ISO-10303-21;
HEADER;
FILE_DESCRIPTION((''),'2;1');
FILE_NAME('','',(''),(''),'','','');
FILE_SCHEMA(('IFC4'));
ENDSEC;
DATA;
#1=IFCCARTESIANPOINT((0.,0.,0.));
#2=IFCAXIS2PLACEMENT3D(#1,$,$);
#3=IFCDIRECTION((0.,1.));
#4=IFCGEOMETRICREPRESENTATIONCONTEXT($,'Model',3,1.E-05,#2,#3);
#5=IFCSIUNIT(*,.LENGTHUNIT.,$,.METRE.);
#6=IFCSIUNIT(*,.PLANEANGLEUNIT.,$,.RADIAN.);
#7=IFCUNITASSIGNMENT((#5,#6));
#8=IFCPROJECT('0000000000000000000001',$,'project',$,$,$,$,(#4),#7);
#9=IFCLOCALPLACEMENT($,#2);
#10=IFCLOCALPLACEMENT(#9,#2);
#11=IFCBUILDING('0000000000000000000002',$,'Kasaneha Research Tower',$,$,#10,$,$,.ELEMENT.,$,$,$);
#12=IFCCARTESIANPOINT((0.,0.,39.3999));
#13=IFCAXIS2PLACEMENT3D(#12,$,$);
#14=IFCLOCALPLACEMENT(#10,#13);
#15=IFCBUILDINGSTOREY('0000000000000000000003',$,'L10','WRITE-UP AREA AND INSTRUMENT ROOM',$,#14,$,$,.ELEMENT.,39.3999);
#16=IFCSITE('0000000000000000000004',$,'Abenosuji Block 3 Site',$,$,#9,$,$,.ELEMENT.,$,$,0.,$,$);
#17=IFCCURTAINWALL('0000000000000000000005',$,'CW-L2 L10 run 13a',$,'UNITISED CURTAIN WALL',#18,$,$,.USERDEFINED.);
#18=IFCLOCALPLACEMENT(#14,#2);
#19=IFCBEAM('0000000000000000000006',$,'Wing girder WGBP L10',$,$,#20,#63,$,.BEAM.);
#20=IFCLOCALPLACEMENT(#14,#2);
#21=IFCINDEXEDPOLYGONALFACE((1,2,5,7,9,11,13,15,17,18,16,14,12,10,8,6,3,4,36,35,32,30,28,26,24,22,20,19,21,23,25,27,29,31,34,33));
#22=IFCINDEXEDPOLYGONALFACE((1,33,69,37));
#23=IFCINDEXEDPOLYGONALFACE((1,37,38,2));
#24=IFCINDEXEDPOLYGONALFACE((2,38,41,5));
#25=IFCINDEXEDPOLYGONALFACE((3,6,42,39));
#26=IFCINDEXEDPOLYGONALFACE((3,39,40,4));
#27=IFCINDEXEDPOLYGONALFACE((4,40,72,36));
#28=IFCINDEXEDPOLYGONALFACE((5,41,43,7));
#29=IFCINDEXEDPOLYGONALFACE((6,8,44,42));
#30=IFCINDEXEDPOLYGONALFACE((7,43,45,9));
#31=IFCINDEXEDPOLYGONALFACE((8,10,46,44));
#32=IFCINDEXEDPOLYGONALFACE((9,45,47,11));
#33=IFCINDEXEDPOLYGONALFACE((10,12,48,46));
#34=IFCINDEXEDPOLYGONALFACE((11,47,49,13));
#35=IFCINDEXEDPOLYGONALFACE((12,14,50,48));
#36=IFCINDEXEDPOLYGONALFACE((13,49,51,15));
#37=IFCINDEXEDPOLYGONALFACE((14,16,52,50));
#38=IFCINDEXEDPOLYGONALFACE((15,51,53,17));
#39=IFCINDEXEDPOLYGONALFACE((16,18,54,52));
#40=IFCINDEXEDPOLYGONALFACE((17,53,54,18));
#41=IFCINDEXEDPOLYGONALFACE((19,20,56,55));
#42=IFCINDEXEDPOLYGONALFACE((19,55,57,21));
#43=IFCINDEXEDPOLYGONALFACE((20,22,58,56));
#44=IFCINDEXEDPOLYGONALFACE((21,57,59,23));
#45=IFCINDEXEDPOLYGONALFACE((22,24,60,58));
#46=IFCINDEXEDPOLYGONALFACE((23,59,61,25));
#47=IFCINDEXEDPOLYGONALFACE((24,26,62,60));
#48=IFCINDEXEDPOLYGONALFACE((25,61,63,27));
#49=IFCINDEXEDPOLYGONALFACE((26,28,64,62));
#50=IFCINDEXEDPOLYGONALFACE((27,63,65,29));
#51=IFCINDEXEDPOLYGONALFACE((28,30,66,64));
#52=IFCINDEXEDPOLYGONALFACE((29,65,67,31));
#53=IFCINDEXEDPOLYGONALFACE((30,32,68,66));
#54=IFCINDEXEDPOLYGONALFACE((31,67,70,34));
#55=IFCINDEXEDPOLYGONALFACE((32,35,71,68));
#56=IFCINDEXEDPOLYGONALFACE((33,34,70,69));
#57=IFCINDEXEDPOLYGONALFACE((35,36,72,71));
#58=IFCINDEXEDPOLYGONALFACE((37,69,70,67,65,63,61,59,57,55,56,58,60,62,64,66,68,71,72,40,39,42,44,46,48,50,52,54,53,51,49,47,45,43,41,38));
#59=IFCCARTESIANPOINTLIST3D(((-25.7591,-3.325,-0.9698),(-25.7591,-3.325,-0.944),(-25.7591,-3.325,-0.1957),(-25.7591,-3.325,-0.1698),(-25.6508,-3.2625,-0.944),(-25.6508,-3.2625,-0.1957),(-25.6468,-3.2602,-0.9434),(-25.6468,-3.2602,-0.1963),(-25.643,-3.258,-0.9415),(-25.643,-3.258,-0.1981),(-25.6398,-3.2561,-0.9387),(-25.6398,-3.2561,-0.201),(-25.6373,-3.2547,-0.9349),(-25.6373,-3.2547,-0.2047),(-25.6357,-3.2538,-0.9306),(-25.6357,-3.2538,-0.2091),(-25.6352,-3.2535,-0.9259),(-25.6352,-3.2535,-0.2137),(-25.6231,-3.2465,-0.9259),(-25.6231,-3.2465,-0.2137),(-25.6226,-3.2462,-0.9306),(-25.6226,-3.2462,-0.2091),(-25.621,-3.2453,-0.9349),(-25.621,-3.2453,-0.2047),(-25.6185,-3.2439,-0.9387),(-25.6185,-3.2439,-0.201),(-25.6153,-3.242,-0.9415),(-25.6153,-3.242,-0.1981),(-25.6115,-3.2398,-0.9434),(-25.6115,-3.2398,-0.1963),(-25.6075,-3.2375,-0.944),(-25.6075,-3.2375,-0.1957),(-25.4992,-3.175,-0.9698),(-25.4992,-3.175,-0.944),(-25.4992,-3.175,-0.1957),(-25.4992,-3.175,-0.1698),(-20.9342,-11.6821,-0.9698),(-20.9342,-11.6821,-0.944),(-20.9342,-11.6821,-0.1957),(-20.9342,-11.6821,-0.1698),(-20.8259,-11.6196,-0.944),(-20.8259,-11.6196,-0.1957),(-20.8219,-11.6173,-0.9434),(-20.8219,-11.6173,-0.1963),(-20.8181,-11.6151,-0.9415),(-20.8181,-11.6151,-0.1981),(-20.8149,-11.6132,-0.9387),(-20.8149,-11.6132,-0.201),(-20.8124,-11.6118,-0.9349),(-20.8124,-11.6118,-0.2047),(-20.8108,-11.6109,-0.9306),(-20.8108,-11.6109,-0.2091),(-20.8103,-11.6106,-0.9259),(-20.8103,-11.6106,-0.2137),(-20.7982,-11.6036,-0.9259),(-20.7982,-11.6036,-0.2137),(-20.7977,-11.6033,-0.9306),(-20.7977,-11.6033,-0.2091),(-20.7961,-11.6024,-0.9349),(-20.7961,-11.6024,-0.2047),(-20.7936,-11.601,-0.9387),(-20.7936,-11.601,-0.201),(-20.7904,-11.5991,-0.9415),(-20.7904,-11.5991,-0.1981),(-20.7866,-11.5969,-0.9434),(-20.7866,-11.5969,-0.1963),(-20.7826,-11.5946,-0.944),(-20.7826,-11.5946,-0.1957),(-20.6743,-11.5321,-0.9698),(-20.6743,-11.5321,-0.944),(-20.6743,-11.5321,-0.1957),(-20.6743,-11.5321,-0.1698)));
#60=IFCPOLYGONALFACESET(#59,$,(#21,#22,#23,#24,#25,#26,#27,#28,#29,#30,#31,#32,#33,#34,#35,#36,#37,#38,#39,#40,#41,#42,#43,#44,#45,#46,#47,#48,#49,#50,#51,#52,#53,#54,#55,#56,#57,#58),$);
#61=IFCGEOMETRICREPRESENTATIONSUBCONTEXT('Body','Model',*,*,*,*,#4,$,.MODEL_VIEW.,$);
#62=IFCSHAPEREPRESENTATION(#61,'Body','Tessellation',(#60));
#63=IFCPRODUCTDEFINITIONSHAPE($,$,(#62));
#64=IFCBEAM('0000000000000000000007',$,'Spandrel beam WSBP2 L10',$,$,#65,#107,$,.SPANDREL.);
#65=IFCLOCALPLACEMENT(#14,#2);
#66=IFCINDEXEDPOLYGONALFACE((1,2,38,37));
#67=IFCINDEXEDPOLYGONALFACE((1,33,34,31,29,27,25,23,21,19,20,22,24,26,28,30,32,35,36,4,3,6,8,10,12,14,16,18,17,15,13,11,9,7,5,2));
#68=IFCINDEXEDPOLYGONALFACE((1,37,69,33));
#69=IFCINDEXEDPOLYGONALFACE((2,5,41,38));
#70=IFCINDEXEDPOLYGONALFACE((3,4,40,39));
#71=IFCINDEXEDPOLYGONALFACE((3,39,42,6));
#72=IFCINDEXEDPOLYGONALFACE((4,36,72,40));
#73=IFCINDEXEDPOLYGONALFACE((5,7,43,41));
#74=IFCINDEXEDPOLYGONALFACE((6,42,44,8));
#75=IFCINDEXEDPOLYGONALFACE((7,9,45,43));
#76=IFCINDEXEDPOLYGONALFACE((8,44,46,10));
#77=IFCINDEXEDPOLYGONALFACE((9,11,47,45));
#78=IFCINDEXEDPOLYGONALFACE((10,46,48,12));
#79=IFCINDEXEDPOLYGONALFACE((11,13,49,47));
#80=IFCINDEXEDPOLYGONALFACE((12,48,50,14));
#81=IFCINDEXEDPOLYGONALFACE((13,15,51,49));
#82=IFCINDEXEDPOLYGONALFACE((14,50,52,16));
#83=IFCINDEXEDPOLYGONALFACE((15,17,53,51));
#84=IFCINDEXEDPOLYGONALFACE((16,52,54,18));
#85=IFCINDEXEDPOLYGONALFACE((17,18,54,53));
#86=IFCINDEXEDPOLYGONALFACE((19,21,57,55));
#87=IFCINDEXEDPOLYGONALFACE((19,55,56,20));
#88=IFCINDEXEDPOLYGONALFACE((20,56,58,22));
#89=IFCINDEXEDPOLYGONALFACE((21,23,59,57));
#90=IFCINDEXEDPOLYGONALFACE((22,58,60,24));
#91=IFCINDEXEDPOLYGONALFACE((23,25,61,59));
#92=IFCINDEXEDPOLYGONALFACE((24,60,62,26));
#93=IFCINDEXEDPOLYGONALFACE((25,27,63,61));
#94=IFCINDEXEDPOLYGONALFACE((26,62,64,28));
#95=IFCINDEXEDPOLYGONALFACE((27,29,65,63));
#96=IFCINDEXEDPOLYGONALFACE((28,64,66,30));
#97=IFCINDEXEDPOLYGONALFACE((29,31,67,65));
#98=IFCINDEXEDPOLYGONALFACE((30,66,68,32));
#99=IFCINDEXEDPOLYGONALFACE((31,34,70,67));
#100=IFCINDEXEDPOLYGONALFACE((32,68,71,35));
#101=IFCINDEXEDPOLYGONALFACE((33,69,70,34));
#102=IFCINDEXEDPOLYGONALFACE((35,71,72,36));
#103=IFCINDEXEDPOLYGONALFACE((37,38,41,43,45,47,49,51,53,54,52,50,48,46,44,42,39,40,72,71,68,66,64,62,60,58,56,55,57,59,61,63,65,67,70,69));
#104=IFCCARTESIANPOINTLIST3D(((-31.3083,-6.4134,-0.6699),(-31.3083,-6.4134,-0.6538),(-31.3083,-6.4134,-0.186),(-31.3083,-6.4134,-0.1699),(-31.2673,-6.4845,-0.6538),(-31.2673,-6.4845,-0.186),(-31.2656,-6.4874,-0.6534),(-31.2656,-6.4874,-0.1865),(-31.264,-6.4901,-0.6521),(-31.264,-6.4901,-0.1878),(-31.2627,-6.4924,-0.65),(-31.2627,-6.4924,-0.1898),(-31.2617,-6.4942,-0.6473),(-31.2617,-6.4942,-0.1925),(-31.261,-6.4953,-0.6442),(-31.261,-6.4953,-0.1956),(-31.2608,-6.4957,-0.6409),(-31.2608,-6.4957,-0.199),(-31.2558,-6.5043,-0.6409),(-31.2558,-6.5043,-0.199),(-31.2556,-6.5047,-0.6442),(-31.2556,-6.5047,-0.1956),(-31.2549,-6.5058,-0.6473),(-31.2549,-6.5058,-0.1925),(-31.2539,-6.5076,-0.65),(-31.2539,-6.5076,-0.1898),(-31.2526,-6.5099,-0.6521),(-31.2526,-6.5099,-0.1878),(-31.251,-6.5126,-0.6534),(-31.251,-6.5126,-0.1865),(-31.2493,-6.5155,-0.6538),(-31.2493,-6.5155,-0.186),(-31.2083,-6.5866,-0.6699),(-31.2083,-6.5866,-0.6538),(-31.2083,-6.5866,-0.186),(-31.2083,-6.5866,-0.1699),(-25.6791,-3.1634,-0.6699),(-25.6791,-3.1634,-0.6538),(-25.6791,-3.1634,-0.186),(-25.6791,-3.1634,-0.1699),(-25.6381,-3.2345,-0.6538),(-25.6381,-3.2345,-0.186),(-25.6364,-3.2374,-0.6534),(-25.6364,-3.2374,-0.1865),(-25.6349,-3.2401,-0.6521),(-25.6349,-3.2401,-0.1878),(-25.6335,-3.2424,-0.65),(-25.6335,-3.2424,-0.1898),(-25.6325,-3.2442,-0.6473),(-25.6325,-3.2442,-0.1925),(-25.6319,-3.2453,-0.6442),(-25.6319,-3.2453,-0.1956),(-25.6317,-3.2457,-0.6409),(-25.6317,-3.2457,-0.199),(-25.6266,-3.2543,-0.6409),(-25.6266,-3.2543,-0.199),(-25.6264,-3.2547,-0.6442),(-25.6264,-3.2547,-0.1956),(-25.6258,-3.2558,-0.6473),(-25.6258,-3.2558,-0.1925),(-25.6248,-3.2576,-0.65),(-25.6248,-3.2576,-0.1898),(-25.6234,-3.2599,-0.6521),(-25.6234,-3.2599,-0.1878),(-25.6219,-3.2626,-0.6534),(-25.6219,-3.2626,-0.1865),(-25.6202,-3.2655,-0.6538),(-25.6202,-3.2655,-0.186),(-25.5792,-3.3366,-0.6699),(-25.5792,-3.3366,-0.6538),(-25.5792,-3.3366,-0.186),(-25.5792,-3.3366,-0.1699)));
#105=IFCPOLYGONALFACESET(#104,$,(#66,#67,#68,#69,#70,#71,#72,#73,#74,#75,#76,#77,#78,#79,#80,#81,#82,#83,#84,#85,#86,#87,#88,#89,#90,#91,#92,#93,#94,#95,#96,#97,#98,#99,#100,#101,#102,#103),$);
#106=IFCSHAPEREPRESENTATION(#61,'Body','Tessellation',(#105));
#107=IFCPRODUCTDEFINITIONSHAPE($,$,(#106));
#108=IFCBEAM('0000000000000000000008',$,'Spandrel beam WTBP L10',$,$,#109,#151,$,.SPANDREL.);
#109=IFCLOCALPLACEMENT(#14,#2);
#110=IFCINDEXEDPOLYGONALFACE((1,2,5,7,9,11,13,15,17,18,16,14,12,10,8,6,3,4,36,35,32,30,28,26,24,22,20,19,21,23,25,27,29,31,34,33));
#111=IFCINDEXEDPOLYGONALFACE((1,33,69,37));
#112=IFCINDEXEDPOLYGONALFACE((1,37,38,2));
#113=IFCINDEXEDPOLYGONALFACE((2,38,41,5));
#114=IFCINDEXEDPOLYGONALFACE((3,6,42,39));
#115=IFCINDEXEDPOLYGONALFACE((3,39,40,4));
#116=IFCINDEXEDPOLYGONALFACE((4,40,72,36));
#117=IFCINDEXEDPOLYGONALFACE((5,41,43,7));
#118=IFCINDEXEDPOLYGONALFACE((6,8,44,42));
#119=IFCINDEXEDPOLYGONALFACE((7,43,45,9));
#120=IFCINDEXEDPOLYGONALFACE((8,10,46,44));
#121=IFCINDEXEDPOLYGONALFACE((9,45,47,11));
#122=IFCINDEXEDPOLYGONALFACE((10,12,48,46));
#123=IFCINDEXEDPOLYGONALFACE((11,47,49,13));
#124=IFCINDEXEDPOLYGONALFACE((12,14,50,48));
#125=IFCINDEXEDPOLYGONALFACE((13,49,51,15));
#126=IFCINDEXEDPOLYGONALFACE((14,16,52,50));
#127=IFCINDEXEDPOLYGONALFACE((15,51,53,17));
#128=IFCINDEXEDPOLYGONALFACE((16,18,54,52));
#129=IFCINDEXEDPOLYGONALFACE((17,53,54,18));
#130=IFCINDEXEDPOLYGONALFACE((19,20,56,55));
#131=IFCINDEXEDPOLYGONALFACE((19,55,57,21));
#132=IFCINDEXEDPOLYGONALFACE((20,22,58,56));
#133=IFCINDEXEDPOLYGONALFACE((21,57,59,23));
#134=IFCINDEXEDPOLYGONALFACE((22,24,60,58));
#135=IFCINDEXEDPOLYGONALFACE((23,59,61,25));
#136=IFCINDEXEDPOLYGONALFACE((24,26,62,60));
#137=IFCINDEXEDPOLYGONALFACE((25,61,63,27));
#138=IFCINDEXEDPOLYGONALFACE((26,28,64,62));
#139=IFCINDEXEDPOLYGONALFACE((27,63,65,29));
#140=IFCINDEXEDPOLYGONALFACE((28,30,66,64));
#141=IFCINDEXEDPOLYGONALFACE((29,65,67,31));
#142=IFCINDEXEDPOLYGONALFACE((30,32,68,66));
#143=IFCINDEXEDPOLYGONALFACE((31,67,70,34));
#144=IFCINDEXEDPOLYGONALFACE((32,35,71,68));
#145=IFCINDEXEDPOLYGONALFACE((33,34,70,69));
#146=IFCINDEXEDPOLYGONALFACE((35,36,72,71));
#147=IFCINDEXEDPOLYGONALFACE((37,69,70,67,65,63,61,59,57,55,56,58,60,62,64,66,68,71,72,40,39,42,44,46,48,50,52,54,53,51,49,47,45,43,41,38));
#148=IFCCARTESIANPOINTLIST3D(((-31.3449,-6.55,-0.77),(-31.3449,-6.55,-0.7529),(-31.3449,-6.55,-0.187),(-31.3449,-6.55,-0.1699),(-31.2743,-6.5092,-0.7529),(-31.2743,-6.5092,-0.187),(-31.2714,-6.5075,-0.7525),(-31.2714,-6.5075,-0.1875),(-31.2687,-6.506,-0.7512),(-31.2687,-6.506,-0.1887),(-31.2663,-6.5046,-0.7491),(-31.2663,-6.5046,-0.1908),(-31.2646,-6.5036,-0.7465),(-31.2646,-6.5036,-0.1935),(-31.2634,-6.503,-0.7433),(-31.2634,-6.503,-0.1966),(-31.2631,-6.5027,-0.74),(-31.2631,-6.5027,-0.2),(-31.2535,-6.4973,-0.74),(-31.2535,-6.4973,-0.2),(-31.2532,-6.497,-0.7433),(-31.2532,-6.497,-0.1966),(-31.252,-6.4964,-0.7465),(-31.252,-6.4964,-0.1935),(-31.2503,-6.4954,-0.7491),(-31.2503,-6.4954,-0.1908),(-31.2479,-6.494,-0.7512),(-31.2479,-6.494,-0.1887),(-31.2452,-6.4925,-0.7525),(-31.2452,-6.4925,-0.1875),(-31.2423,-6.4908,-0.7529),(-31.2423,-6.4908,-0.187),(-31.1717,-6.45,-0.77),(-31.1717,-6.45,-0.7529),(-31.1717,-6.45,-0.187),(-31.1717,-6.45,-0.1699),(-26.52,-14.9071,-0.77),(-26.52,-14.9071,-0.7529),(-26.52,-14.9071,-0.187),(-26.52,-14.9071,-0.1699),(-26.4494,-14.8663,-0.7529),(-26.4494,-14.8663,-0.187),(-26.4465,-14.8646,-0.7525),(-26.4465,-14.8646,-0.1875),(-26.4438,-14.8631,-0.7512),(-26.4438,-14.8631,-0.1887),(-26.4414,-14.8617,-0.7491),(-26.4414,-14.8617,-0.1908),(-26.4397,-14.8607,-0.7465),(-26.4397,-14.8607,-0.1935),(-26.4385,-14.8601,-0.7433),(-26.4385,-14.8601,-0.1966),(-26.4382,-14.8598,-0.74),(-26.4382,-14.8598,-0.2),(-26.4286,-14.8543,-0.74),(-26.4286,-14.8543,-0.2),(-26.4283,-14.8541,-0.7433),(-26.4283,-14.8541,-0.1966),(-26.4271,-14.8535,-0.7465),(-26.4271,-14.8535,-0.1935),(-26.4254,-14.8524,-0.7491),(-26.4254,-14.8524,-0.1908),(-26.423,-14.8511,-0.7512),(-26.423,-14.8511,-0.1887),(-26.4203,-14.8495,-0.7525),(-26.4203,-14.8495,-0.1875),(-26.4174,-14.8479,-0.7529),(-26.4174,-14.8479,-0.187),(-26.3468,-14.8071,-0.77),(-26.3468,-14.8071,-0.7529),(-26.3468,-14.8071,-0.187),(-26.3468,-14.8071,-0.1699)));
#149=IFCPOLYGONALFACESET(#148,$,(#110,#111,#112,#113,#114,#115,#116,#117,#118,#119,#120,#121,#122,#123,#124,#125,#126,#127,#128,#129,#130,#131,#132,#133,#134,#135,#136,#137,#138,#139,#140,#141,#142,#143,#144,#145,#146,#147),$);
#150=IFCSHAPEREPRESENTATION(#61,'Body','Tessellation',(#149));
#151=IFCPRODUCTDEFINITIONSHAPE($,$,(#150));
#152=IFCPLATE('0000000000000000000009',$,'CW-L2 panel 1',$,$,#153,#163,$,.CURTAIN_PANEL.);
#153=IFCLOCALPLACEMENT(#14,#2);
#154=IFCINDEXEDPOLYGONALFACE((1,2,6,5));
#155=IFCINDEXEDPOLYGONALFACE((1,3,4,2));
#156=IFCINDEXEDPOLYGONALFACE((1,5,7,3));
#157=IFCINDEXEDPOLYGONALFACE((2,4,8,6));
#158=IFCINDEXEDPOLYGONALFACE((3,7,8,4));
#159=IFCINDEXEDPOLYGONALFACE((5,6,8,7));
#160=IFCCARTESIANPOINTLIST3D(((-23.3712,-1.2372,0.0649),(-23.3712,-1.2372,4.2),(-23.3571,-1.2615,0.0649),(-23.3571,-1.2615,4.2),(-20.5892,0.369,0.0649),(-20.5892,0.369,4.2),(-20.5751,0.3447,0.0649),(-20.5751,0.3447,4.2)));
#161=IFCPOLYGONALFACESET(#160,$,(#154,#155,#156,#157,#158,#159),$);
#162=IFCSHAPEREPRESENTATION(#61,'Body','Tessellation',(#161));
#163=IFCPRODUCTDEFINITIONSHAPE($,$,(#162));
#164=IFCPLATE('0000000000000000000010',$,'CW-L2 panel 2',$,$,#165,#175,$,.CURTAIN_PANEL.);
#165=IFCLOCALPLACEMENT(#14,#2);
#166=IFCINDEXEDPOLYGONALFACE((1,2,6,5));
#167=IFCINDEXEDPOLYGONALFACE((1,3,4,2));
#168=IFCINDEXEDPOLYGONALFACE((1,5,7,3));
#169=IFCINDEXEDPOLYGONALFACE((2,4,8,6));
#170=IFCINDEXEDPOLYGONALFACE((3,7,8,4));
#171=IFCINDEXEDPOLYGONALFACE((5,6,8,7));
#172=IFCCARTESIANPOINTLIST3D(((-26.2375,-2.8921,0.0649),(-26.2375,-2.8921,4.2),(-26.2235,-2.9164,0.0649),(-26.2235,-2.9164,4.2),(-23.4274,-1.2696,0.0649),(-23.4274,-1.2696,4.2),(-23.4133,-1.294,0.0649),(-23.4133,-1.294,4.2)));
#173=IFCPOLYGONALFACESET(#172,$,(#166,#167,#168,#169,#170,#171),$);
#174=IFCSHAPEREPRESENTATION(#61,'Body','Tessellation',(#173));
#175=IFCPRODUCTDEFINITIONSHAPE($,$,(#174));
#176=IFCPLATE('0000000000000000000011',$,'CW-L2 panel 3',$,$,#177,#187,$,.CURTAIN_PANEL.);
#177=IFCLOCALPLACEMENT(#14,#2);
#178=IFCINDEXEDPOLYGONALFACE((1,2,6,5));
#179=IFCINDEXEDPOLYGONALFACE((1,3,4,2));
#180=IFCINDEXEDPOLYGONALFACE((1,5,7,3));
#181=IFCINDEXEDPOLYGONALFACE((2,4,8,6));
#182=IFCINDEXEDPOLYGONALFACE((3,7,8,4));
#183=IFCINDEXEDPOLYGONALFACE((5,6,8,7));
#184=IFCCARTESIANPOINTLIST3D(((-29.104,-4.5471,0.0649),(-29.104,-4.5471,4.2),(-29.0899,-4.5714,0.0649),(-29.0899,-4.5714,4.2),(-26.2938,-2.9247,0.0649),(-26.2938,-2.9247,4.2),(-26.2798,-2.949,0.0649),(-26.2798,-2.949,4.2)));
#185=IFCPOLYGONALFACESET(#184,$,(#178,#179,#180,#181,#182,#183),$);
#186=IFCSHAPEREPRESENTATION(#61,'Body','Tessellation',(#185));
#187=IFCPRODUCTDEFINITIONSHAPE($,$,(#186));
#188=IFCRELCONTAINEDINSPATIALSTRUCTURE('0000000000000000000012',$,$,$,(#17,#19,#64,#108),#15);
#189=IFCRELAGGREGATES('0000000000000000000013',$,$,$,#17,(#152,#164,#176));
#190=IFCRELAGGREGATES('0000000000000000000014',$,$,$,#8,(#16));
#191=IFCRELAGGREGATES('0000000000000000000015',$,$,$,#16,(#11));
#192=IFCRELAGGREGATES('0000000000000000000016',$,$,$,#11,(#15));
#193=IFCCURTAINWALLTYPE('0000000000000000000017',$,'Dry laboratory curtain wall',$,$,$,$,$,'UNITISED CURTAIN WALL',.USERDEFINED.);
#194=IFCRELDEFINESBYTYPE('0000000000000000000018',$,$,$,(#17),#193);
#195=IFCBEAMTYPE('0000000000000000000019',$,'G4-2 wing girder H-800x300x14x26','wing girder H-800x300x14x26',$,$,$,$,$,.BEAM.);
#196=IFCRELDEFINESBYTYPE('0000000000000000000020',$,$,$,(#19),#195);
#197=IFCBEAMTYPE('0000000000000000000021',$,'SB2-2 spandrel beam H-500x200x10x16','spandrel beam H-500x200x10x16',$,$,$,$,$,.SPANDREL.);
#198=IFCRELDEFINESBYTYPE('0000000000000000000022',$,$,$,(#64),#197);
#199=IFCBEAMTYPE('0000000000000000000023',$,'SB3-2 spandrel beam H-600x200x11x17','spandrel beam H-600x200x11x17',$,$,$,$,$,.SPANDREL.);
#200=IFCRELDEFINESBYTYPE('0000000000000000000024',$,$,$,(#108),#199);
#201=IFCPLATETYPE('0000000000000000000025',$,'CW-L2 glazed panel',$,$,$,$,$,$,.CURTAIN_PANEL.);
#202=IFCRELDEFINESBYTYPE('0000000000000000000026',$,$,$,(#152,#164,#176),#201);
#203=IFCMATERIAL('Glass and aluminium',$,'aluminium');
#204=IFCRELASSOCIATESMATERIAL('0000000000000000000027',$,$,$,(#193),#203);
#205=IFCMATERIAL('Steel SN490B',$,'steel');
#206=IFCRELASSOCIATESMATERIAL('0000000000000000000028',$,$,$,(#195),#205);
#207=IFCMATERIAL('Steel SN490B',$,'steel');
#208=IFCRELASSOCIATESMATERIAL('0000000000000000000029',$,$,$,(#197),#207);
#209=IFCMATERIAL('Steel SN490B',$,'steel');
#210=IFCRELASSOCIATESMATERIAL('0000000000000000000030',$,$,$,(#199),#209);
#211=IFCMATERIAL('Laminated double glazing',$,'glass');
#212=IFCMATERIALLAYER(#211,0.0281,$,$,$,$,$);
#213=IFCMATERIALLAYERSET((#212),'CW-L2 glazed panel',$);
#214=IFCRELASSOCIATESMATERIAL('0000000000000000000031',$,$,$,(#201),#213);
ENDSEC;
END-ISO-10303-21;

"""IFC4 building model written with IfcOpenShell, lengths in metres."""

from ifc_helpers import new_model, si_unit, direction, frame, origin, origin_2d, place, context, subcontext, project, spatial, rectangle, i_section, extrude, material, layer, layer_set, material_profile, profile_set, type_object, element, aggregate, save


model = new_model("IFC4")

# Units and contexts
model_context = context("Model", 3, precision=1e-05, world=origin(), true_north=direction((0.0, 1.0)))
body_context = subcontext(model_context, "Body", "Model", "MODEL_VIEW")
ifc_project = project(units=[si_unit("LENGTHUNIT", "METRE"), si_unit("PLANEANGLEUNIT", "RADIAN")], contexts=[model_context])

# Site, building, storey
site_placement = place(None, origin())
site = spatial("IfcSite", under=ifc_project, at=site_placement, Name="Abenosuji Block 3 Site", CompositionType="ELEMENT", RefElevation=0.0)
building_placement = place(site_placement, origin())
building = spatial("IfcBuilding", under=site, at=building_placement, Name="Kasaneha Research Tower", CompositionType="ELEMENT")
storey_placement = place(building_placement, frame((0.0, 0.0, 39.3999)))
storey = spatial("IfcBuildingStorey", under=building, at=storey_placement, Name="L10", Description="WRITE-UP AREA AND INSTRUMENT ROOM", CompositionType="ELEMENT", Elevation=39.3999)

# Curtain wall
ifc_material_1 = material(Name="Glass and aluminium", Category="aluminium")
curtain_wall_type = type_object("IfcCurtainWallType", Name="Dry laboratory curtain wall", ElementType="UNITISED CURTAIN WALL", PredefinedType="USERDEFINED", material=ifc_material_1)
curtain_wall_1_placement = place(storey_placement, origin())
curtain_wall_1 = element("IfcCurtainWall", 1, at=curtain_wall_1_placement, inside=storey, type_object=curtain_wall_type, Name="CW-L2 L10 run 13a", ObjectType="UNITISED CURTAIN WALL", PredefinedType="USERDEFINED")

# Beams
ifc_material_2 = material(Name="Steel SN490B", Category="steel")
ifc_material_profile_1 = material_profile(ifc_material_2, i_section(OverallWidth=0.3, OverallDepth=0.8, WebThickness=0.0139, FlangeThickness=0.0259, FilletRadius=0.0181, at=origin_2d()), Name="H-800x300x14x26")
ifc_profile_set_1 = profile_set([ifc_material_profile_1], Name="Steel SN490B")
beam_type_1 = type_object("IfcBeamType", Name="G4-2 wing girder H-800x300x14x26", Description="wing girder H-800x300x14x26", PredefinedType="BEAM", material=ifc_profile_set_1)
beam_1_placement = place(storey_placement, frame((-25.6292, -3.25, -0.5698), z_axis=(0.499995, -0.866028, 0.0), x_axis=(0.866028, 0.499995, 0.0)))
element("IfcBeam", 2, at=beam_1_placement, inside=storey, type_object=beam_type_1, Name="Wing girder WGBP L10", PredefinedType="BEAM", context=body_context, shape_type="SweptSolid", body=[
    extrude(i_section(OverallWidth=0.3, OverallDepth=0.8, WebThickness=0.0139, FlangeThickness=0.0259, FilletRadius=0.0181, at=origin_2d()), origin(), (0.0, 0.0, 1.0), 9.6499),
])
ifc_material_3 = material(Name="Steel SN490B", Category="steel")
ifc_material_profile_2 = material_profile(ifc_material_3, i_section(OverallWidth=0.2, OverallDepth=0.5, WebThickness=0.01, FlangeThickness=0.0161, FilletRadius=0.0129, at=origin_2d()), Name="H-500x200x10x16")
ifc_profile_set_2 = profile_set([ifc_material_profile_2], Name="Steel SN490B")
beam_type_2 = type_object("IfcBeamType", Name="SB2-2 spandrel beam H-500x200x10x16", Description="spandrel beam H-500x200x10x16", PredefinedType="SPANDREL", material=ifc_profile_set_2)
beam_2_placement = place(storey_placement, frame((-25.6292, -3.25, -0.4199), z_axis=(-0.866025, -0.500001, 0.0), x_axis=(0.500001, -0.866025, 0.0)))
element("IfcBeam", 3, at=beam_2_placement, inside=storey, type_object=beam_type_2, Name="Spandrel beam WSBP2 L10", PredefinedType="SPANDREL", context=body_context, shape_type="SweptSolid", body=[
    extrude(i_section(OverallWidth=0.2, OverallDepth=0.5, WebThickness=0.01, FlangeThickness=0.0161, FilletRadius=0.0129, at=origin_2d()), origin(), (0.0, 0.0, 1.0), 6.5),
])
ifc_material_4 = material(Name="Steel SN490B", Category="steel")
ifc_material_profile_3 = material_profile(ifc_material_4, i_section(OverallWidth=0.2, OverallDepth=0.6001, WebThickness=0.011, FlangeThickness=0.0171, FilletRadius=0.0129, at=origin_2d()), Name="H-600x200x11x17")
ifc_profile_set_3 = profile_set([ifc_material_profile_3], Name="Steel SN490B")
beam_type_3 = type_object("IfcBeamType", Name="SB3-2 spandrel beam H-600x200x11x17", Description="spandrel beam H-600x200x11x17", PredefinedType="SPANDREL", material=ifc_profile_set_3)
beam_3_placement = place(storey_placement, frame((-31.2583, -6.5, -0.47), z_axis=(0.499995, -0.866028, 0.0), x_axis=(0.866028, 0.499995, 0.0)))
element("IfcBeam", 4, at=beam_3_placement, inside=storey, type_object=beam_type_3, Name="Spandrel beam WTBP L10", PredefinedType="SPANDREL", context=body_context, shape_type="SweptSolid", body=[
    extrude(i_section(OverallWidth=0.2, OverallDepth=0.6001, WebThickness=0.011, FlangeThickness=0.0171, FilletRadius=0.0129, at=origin_2d()), origin(), (0.0, 0.0, 1.0), 9.6499),
])

# Plates
ifc_material_5 = material(Name="Laminated double glazing", Category="glass")
ifc_layer_1 = layer(ifc_material_5, 0.0281)
ifc_layer_set_1 = layer_set([ifc_layer_1], Name="CW-L2 glazed panel")
plate_type = type_object("IfcPlateType", Name="CW-L2 glazed panel", PredefinedType="CURTAIN_PANEL", material=ifc_layer_set_1)
plate_1_placement = place(storey_placement, frame((-21.9731, -0.4463, 0.0649), z_axis=(0.0, 0.0, 1.0), x_axis=(-0.866025, -0.5, 0.0)))
plate_1 = element("IfcPlate", 5, at=plate_1_placement, type_object=plate_type, Name="CW-L2 panel 1", PredefinedType="CURTAIN_PANEL", context=body_context, shape_type="SweptSolid", body=[
    extrude(rectangle(XDim=3.2124, YDim=0.0281, at=origin_2d()), origin(), (0.0, 0.0, 1.0), 4.135),
])
plate_2_placement = place(storey_placement, frame((-24.8254, -2.093, 0.0649), z_axis=(0.0, 0.0, 1.0), x_axis=(-0.866025, -0.5, 0.0)))
plate_2 = element("IfcPlate", 6, at=plate_2_placement, type_object=plate_type, Name="CW-L2 panel 2", PredefinedType="CURTAIN_PANEL", context=body_context, shape_type="SweptSolid", body=[
    extrude(rectangle(XDim=3.2449, YDim=0.0281, at=origin_2d()), origin(), (0.0, 0.0, 1.0), 4.135),
])
plate_3_placement = place(storey_placement, frame((-27.6919, -3.748, 0.0649), z_axis=(0.0, 0.0, 1.0), x_axis=(-0.866025, -0.5, 0.0)))
plate_3 = element("IfcPlate", 7, at=plate_3_placement, type_object=plate_type, Name="CW-L2 panel 3", PredefinedType="CURTAIN_PANEL", context=body_context, shape_type="SweptSolid", body=[
    extrude(rectangle(XDim=3.2449, YDim=0.0281, at=origin_2d()), origin(), (0.0, 0.0, 1.0), 4.135),
])
aggregate(curtain_wall_1, [plate_1, plate_2, plate_3])

save(model, "model.ifc")
